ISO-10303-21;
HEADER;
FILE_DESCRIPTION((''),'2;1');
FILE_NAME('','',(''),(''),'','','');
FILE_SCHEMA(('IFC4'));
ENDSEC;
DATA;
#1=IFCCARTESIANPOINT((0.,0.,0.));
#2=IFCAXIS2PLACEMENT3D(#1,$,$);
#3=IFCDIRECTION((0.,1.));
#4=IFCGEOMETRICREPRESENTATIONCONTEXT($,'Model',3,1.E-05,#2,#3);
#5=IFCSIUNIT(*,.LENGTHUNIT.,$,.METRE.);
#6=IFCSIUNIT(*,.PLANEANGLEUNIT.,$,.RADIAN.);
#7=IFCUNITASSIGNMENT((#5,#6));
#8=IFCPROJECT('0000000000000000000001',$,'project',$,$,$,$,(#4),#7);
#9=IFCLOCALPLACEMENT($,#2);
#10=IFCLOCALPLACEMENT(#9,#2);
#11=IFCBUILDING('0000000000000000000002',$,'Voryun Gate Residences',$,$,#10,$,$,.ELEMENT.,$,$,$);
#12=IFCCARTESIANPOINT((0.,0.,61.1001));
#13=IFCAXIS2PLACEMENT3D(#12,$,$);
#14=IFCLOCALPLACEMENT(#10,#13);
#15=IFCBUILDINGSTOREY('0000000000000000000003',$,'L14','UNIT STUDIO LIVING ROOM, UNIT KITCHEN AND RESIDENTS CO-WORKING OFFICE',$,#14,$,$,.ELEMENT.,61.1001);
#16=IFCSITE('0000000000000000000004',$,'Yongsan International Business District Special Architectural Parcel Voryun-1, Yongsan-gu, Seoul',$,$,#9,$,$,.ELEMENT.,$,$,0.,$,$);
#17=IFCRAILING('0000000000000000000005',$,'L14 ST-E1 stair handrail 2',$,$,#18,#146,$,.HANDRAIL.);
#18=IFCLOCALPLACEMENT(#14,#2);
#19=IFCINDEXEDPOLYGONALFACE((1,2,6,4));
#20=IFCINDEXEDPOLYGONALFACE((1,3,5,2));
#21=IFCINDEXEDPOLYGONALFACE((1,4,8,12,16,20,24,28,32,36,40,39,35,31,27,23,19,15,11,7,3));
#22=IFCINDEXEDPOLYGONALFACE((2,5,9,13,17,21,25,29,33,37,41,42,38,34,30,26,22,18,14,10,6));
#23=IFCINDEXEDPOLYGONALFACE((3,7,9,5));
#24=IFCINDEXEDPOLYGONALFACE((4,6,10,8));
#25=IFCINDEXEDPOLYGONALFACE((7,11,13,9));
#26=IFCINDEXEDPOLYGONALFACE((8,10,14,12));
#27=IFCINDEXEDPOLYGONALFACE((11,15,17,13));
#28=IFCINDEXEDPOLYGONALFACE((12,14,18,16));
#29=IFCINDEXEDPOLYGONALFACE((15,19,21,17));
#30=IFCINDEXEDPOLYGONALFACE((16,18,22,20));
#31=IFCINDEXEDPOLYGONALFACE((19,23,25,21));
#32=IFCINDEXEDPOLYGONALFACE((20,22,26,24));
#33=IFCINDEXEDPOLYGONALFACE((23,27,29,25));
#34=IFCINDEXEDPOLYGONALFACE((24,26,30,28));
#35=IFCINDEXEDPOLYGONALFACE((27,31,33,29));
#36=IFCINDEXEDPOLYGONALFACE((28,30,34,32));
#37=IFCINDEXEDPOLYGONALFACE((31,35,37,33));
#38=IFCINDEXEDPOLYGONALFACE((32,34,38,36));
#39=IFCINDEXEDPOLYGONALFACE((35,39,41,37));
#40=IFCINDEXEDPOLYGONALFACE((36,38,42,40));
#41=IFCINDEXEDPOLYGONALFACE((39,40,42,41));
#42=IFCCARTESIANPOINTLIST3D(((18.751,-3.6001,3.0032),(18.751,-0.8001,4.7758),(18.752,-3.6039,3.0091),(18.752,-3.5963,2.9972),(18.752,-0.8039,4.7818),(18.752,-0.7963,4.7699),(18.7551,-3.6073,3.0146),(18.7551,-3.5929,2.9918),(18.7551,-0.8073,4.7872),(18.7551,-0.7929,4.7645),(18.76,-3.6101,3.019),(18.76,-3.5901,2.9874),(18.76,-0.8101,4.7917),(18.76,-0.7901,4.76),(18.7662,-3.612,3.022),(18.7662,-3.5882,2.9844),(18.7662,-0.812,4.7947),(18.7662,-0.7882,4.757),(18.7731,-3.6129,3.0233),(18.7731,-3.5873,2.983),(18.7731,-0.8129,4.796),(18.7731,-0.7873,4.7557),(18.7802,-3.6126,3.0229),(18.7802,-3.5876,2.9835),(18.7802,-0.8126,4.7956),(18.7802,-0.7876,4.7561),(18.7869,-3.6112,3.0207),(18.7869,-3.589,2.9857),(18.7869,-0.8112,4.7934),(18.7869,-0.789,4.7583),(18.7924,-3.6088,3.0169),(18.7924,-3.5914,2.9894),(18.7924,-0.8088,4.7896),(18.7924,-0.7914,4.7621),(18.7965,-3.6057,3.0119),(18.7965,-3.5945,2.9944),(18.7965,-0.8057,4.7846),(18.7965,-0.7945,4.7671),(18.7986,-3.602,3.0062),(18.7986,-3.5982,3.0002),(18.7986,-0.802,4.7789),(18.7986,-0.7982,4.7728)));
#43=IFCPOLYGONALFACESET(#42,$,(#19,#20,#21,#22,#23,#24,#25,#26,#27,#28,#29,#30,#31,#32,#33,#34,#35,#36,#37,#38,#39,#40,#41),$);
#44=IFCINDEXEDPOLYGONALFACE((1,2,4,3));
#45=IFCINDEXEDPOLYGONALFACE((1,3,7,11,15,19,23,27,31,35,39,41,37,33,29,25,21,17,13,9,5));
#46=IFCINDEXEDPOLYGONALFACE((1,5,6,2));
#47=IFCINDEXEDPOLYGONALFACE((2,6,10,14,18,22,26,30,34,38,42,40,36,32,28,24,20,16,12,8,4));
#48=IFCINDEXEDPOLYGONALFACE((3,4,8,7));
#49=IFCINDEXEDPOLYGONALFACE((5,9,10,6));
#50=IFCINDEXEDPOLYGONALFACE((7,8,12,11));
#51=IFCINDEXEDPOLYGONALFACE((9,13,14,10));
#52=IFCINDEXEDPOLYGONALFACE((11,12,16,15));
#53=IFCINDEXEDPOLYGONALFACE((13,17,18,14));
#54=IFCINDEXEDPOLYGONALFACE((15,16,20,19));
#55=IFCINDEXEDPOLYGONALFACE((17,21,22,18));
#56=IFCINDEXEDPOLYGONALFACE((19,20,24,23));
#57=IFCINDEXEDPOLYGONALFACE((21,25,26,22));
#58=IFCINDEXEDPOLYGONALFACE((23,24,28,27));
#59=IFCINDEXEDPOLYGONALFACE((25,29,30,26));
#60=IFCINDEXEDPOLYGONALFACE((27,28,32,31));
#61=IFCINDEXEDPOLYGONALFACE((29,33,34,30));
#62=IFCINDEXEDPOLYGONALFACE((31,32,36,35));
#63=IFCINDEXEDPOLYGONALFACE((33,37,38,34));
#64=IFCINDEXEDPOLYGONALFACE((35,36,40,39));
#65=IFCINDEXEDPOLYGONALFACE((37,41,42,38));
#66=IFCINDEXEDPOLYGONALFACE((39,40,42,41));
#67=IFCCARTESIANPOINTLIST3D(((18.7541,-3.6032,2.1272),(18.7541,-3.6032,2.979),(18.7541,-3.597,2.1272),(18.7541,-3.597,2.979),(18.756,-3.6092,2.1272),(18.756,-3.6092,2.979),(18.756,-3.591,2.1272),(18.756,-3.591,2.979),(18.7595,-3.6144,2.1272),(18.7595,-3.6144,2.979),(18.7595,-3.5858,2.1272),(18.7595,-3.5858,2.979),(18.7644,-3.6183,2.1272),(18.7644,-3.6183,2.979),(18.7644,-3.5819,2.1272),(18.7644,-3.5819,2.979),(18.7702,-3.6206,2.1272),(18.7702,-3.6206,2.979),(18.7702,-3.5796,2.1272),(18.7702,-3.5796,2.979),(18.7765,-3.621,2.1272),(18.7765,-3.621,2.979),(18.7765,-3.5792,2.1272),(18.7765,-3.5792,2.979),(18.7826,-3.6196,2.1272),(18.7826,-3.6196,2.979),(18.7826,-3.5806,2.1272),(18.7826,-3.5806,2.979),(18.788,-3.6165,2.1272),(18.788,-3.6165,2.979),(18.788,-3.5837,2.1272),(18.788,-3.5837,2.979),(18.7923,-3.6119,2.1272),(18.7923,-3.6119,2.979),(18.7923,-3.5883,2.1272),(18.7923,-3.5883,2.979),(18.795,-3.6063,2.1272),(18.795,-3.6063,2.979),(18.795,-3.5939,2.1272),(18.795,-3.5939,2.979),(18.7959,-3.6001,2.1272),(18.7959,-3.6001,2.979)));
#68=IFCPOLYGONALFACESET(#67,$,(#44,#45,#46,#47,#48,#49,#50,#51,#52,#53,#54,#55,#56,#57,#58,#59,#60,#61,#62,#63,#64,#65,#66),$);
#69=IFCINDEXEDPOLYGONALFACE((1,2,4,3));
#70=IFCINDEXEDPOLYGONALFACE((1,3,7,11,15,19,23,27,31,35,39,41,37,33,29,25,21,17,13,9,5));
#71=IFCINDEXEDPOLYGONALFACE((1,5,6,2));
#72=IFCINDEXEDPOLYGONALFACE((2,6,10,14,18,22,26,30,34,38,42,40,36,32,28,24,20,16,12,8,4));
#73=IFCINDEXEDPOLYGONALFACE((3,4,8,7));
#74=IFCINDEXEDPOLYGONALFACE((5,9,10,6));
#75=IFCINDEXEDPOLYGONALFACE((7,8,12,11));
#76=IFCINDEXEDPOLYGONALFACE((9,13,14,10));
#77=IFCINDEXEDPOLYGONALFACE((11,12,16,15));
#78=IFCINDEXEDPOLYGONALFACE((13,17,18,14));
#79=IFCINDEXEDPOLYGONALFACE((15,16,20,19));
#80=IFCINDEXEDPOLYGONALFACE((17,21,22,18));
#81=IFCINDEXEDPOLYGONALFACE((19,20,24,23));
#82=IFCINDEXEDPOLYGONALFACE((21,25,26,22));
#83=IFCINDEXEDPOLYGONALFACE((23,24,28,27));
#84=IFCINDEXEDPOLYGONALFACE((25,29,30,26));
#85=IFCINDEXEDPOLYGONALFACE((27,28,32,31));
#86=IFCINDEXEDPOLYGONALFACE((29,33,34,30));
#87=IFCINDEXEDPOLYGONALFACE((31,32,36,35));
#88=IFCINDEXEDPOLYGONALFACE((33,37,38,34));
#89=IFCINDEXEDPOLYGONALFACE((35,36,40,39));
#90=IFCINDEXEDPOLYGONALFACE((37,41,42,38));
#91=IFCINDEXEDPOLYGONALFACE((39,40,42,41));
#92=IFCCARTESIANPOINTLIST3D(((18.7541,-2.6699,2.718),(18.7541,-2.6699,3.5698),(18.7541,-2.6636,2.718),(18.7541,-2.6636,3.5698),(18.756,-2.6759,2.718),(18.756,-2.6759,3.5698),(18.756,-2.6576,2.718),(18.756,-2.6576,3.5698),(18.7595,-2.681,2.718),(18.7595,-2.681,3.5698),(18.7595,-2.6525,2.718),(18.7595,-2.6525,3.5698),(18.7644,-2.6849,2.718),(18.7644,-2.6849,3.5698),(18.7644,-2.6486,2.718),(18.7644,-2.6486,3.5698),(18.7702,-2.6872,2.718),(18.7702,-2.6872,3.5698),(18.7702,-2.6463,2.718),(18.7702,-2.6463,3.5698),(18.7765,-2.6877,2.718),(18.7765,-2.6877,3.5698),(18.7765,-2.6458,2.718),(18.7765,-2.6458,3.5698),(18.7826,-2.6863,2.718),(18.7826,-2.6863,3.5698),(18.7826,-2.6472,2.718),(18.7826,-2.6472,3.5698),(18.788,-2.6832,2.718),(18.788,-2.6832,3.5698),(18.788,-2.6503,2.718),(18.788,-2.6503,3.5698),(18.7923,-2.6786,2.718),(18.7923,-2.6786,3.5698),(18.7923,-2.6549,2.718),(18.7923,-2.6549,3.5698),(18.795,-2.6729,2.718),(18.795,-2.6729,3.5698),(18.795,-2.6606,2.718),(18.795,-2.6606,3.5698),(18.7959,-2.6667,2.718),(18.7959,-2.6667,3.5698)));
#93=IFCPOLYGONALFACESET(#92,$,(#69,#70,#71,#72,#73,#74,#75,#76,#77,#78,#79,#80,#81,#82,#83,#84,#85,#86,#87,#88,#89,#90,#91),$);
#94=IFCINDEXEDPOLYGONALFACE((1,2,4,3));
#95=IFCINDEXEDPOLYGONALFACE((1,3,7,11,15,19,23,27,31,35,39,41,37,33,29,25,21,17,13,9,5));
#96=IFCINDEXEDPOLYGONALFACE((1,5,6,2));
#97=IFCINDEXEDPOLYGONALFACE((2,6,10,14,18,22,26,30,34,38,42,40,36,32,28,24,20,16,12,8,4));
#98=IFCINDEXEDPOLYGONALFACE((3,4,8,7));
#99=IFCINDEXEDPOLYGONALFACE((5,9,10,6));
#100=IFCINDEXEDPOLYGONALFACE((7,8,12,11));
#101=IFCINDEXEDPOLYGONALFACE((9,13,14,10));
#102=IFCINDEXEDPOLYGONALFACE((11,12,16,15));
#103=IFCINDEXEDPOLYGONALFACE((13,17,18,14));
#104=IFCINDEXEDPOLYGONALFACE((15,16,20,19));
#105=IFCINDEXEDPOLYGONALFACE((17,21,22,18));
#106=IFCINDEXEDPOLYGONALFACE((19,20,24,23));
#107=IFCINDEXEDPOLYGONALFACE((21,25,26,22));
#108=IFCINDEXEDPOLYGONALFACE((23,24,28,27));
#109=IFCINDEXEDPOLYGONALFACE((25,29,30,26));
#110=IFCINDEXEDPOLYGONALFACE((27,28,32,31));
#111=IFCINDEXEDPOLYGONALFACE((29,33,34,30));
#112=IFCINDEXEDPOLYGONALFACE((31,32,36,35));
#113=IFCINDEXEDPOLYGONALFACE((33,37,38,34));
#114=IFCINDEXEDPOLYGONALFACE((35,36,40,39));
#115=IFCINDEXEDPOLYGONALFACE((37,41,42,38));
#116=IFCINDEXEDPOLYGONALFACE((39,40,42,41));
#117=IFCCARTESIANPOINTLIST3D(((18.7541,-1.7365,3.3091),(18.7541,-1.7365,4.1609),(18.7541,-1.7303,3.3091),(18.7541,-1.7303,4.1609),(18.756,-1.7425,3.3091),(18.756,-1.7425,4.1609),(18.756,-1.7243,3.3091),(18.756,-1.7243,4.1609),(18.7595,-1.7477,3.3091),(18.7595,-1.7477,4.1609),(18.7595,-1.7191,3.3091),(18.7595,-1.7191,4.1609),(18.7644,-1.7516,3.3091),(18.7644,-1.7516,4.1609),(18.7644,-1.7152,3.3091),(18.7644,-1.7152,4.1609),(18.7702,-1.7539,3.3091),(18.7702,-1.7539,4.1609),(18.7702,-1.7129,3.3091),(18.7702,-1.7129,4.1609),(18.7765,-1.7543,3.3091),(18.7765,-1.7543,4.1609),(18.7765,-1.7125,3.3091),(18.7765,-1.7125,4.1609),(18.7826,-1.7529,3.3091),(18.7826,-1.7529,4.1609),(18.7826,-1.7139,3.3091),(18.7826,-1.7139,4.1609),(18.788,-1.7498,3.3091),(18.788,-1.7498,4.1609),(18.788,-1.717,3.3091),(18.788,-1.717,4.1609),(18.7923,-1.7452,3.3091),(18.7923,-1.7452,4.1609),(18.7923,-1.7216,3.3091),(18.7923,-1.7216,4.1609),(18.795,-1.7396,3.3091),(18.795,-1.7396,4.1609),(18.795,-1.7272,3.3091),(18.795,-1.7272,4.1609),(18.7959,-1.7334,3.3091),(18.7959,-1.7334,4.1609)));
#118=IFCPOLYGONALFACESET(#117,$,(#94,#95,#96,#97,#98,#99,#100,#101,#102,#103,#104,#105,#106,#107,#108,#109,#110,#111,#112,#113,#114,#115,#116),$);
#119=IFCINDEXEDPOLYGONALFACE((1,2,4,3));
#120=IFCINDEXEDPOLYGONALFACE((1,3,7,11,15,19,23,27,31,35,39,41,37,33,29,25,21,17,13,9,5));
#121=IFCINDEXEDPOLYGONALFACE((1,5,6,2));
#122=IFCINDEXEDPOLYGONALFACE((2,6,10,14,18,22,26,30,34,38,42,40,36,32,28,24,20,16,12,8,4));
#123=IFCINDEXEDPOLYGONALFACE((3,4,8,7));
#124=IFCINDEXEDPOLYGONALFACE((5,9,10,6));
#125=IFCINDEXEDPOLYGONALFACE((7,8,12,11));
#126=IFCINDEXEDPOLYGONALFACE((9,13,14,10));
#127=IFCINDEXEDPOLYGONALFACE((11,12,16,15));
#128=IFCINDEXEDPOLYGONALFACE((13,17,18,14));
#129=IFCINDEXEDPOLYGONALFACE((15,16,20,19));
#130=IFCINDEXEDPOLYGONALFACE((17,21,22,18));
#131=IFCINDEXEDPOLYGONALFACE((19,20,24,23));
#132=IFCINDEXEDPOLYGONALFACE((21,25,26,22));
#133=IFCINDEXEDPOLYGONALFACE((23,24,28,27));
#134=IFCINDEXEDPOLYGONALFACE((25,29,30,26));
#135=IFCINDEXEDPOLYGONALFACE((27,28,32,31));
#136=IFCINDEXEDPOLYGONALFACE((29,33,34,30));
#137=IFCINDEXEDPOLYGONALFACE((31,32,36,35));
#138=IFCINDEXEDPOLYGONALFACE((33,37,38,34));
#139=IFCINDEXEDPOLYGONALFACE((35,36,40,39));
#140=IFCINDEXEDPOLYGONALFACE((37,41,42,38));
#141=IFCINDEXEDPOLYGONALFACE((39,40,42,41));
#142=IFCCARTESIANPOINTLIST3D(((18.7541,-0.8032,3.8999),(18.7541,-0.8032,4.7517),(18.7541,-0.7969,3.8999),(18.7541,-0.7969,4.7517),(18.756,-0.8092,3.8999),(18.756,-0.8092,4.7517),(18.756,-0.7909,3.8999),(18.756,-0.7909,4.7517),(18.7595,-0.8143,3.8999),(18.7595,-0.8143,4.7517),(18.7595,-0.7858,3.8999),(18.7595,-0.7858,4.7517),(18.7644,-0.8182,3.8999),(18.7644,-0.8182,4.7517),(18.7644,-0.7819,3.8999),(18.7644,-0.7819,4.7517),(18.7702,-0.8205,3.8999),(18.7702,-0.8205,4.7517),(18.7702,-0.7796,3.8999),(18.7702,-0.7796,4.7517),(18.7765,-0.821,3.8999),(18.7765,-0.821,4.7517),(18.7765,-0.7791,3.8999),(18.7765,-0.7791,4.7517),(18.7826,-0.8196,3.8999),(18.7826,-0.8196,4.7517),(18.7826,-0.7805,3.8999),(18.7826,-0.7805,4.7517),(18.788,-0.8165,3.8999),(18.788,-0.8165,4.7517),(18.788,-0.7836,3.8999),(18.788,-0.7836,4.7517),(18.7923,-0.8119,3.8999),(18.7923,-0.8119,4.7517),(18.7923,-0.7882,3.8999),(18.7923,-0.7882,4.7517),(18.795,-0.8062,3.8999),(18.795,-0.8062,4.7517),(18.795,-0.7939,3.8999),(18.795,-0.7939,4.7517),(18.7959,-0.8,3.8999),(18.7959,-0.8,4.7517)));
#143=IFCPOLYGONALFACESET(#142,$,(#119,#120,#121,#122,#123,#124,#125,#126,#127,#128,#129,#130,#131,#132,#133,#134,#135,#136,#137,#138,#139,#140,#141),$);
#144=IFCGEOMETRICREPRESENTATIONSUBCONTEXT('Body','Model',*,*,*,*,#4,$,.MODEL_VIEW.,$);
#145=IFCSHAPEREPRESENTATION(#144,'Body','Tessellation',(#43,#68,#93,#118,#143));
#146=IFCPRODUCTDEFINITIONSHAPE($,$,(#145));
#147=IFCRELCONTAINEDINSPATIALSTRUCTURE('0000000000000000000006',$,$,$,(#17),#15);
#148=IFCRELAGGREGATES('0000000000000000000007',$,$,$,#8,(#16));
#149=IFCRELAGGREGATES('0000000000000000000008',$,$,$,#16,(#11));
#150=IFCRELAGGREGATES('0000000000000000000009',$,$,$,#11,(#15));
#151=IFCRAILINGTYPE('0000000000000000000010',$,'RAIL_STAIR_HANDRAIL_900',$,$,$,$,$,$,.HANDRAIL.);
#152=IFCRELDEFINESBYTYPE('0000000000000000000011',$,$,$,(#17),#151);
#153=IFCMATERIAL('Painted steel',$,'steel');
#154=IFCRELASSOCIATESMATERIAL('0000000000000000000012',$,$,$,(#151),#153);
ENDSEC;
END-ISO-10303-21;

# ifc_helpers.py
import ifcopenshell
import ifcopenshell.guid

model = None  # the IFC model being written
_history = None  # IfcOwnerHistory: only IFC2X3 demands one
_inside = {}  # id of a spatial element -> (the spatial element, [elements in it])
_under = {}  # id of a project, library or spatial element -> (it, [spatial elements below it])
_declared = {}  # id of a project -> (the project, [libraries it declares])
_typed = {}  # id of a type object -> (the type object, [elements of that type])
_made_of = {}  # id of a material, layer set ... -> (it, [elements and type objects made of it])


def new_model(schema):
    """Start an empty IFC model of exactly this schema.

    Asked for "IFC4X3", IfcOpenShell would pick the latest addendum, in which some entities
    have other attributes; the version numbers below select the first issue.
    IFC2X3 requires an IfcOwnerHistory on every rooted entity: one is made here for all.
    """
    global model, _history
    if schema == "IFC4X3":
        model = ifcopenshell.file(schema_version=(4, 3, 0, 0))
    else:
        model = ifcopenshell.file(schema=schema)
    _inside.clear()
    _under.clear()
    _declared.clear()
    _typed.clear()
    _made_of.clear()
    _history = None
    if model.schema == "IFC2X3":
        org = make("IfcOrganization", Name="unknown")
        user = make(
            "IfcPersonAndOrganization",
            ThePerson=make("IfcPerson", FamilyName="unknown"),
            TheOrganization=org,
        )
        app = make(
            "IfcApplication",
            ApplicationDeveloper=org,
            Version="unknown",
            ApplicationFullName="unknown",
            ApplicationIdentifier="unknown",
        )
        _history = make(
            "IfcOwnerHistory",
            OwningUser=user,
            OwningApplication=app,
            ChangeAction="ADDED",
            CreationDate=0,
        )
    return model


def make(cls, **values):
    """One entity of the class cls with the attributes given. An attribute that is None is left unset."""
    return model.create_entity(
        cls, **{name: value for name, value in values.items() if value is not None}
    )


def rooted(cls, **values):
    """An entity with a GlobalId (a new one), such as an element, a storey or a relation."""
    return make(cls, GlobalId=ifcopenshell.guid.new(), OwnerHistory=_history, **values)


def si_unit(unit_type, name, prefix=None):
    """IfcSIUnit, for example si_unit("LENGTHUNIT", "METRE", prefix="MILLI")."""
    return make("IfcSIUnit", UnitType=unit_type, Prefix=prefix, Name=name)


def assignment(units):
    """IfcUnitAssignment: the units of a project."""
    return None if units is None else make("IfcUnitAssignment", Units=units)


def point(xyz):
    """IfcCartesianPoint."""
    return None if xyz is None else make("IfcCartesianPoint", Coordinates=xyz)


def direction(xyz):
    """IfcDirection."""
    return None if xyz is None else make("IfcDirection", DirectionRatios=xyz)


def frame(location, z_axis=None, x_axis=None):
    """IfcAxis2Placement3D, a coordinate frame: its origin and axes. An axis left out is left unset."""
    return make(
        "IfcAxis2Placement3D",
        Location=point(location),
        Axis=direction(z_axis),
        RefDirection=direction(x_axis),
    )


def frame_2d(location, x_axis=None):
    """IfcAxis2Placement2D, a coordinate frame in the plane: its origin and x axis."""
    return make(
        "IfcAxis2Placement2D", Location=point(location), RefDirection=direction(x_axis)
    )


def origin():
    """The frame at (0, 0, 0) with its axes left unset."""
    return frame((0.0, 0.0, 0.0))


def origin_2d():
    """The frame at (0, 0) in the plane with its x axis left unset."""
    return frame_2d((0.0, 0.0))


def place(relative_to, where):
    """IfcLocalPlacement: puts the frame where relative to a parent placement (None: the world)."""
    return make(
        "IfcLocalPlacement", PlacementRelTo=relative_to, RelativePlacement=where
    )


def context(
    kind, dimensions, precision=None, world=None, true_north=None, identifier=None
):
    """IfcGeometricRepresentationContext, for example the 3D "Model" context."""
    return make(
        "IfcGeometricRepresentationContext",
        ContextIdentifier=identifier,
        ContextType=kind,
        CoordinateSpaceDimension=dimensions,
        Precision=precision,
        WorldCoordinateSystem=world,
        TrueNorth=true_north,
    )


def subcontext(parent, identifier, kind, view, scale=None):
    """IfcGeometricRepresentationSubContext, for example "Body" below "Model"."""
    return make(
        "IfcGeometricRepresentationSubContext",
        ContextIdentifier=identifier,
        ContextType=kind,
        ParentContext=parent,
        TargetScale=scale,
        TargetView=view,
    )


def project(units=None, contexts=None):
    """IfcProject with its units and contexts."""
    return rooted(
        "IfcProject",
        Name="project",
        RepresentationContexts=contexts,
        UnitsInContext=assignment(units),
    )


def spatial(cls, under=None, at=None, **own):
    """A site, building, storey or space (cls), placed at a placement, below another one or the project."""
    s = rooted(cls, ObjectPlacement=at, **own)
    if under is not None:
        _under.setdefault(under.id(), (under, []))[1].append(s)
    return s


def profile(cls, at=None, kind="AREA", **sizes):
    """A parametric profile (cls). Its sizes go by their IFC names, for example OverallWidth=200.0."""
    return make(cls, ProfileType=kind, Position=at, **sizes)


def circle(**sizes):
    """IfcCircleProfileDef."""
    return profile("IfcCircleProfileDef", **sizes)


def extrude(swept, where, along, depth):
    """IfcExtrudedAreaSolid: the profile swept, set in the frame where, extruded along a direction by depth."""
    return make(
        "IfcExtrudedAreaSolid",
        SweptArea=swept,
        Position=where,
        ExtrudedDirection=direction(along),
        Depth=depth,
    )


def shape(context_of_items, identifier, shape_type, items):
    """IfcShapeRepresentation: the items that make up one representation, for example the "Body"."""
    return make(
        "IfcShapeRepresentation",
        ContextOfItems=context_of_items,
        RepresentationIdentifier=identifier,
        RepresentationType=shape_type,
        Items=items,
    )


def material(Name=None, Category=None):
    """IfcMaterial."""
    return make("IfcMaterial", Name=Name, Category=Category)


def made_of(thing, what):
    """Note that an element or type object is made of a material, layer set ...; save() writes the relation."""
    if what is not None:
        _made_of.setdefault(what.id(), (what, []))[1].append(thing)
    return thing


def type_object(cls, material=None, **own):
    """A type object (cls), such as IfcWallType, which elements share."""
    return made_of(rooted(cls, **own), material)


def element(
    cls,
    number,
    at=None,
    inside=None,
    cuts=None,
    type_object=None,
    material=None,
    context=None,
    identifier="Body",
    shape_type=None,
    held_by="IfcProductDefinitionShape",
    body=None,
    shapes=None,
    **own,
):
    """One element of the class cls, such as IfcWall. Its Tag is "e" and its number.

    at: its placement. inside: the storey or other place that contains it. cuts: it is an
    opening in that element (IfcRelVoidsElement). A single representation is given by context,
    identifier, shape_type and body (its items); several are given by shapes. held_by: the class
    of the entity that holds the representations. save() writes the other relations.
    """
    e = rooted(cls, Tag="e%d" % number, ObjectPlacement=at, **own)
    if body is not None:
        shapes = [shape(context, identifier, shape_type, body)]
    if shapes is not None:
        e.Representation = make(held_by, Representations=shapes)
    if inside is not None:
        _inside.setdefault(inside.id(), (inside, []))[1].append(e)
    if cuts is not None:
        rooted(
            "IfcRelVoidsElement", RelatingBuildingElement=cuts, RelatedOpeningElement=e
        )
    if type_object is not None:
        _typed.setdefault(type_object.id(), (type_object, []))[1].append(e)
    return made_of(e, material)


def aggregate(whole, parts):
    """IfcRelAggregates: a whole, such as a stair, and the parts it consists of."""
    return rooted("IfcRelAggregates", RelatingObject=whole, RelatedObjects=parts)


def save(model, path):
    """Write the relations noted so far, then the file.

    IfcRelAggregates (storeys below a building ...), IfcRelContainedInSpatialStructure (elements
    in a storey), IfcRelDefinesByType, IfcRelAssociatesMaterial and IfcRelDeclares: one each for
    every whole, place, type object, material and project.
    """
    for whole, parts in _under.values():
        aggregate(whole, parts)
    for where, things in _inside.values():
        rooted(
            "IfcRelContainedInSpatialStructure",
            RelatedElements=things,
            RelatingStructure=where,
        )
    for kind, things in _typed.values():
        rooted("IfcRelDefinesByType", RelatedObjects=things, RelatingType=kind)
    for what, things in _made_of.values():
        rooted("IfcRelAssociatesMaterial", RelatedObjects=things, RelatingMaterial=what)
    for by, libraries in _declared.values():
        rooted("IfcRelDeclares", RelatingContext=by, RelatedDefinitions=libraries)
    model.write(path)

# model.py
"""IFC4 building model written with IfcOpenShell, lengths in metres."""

from ifc_helpers import new_model, si_unit, direction, frame, origin, origin_2d, place, context, subcontext, project, spatial, circle, extrude, material, type_object, element, save


model = new_model("IFC4")

# Units and contexts
model_context = context("Model", 3, precision=1e-05, world=origin(), true_north=direction((0.0, 1.0)))
body_context = subcontext(model_context, "Body", "Model", "MODEL_VIEW")
ifc_project = project(units=[si_unit("LENGTHUNIT", "METRE"), si_unit("PLANEANGLEUNIT", "RADIAN")], contexts=[model_context])

# Site, building, storey
site_placement = place(None, origin())
site = spatial("IfcSite", under=ifc_project, at=site_placement, Name="Yongsan International Business District Special Architectural Parcel Voryun-1, Yongsan-gu, Seoul", CompositionType="ELEMENT", RefElevation=0.0)
building_placement = place(site_placement, origin())
building = spatial("IfcBuilding", under=site, at=building_placement, Name="Voryun Gate Residences", CompositionType="ELEMENT")
storey_placement = place(building_placement, frame((0.0, 0.0, 61.1001)))
storey = spatial("IfcBuildingStorey", under=building, at=storey_placement, Name="L14", Description="UNIT STUDIO LIVING ROOM, UNIT KITCHEN AND RESIDENTS CO-WORKING OFFICE", CompositionType="ELEMENT", Elevation=61.1001)

# Railing
ifc_material_1 = material(Name="Painted steel", Category="steel")
railing_type_1 = type_object("IfcRailingType", Name="RAIL_STAIR_HANDRAIL_900", PredefinedType="HANDRAIL", material=ifc_material_1)
railing_1_placement = place(storey_placement, frame((18.7749, -3.6001, 2.1272)))
element("IfcRailing", 1, at=railing_1_placement, inside=storey, type_object=railing_type_1, Name="L14 ST-E1 stair handrail 2", PredefinedType="HANDRAIL", context=body_context, shape_type="SweptSolid", body=[
    extrude(circle(Radius=0.0239, at=origin_2d()), frame((0.0, 0.0, 0.876), z_axis=(0.0, 0.844909, 0.53491), x_axis=(-1.0, 0.0, 0.0)), (0.0, 0.0, 1.0), 3.314),
    extrude(circle(Radius=0.021, at=origin_2d()), origin(), (0.0, 0.0, 1.0), 0.8518),
    extrude(circle(Radius=0.021, at=origin_2d()), frame((0.0, 0.9333, 0.5908)), (0.0, 0.0, 1.0), 0.8518),
    extrude(circle(Radius=0.021, at=origin_2d()), frame((0.0, 1.8667, 1.1819)), (0.0, 0.0, 1.0), 0.8518),
    extrude(circle(Radius=0.021, at=origin_2d()), frame((0.0, 2.8, 1.7727)), (0.0, 0.0, 1.0), 0.8518),
])

save(model, "model.ifc")
